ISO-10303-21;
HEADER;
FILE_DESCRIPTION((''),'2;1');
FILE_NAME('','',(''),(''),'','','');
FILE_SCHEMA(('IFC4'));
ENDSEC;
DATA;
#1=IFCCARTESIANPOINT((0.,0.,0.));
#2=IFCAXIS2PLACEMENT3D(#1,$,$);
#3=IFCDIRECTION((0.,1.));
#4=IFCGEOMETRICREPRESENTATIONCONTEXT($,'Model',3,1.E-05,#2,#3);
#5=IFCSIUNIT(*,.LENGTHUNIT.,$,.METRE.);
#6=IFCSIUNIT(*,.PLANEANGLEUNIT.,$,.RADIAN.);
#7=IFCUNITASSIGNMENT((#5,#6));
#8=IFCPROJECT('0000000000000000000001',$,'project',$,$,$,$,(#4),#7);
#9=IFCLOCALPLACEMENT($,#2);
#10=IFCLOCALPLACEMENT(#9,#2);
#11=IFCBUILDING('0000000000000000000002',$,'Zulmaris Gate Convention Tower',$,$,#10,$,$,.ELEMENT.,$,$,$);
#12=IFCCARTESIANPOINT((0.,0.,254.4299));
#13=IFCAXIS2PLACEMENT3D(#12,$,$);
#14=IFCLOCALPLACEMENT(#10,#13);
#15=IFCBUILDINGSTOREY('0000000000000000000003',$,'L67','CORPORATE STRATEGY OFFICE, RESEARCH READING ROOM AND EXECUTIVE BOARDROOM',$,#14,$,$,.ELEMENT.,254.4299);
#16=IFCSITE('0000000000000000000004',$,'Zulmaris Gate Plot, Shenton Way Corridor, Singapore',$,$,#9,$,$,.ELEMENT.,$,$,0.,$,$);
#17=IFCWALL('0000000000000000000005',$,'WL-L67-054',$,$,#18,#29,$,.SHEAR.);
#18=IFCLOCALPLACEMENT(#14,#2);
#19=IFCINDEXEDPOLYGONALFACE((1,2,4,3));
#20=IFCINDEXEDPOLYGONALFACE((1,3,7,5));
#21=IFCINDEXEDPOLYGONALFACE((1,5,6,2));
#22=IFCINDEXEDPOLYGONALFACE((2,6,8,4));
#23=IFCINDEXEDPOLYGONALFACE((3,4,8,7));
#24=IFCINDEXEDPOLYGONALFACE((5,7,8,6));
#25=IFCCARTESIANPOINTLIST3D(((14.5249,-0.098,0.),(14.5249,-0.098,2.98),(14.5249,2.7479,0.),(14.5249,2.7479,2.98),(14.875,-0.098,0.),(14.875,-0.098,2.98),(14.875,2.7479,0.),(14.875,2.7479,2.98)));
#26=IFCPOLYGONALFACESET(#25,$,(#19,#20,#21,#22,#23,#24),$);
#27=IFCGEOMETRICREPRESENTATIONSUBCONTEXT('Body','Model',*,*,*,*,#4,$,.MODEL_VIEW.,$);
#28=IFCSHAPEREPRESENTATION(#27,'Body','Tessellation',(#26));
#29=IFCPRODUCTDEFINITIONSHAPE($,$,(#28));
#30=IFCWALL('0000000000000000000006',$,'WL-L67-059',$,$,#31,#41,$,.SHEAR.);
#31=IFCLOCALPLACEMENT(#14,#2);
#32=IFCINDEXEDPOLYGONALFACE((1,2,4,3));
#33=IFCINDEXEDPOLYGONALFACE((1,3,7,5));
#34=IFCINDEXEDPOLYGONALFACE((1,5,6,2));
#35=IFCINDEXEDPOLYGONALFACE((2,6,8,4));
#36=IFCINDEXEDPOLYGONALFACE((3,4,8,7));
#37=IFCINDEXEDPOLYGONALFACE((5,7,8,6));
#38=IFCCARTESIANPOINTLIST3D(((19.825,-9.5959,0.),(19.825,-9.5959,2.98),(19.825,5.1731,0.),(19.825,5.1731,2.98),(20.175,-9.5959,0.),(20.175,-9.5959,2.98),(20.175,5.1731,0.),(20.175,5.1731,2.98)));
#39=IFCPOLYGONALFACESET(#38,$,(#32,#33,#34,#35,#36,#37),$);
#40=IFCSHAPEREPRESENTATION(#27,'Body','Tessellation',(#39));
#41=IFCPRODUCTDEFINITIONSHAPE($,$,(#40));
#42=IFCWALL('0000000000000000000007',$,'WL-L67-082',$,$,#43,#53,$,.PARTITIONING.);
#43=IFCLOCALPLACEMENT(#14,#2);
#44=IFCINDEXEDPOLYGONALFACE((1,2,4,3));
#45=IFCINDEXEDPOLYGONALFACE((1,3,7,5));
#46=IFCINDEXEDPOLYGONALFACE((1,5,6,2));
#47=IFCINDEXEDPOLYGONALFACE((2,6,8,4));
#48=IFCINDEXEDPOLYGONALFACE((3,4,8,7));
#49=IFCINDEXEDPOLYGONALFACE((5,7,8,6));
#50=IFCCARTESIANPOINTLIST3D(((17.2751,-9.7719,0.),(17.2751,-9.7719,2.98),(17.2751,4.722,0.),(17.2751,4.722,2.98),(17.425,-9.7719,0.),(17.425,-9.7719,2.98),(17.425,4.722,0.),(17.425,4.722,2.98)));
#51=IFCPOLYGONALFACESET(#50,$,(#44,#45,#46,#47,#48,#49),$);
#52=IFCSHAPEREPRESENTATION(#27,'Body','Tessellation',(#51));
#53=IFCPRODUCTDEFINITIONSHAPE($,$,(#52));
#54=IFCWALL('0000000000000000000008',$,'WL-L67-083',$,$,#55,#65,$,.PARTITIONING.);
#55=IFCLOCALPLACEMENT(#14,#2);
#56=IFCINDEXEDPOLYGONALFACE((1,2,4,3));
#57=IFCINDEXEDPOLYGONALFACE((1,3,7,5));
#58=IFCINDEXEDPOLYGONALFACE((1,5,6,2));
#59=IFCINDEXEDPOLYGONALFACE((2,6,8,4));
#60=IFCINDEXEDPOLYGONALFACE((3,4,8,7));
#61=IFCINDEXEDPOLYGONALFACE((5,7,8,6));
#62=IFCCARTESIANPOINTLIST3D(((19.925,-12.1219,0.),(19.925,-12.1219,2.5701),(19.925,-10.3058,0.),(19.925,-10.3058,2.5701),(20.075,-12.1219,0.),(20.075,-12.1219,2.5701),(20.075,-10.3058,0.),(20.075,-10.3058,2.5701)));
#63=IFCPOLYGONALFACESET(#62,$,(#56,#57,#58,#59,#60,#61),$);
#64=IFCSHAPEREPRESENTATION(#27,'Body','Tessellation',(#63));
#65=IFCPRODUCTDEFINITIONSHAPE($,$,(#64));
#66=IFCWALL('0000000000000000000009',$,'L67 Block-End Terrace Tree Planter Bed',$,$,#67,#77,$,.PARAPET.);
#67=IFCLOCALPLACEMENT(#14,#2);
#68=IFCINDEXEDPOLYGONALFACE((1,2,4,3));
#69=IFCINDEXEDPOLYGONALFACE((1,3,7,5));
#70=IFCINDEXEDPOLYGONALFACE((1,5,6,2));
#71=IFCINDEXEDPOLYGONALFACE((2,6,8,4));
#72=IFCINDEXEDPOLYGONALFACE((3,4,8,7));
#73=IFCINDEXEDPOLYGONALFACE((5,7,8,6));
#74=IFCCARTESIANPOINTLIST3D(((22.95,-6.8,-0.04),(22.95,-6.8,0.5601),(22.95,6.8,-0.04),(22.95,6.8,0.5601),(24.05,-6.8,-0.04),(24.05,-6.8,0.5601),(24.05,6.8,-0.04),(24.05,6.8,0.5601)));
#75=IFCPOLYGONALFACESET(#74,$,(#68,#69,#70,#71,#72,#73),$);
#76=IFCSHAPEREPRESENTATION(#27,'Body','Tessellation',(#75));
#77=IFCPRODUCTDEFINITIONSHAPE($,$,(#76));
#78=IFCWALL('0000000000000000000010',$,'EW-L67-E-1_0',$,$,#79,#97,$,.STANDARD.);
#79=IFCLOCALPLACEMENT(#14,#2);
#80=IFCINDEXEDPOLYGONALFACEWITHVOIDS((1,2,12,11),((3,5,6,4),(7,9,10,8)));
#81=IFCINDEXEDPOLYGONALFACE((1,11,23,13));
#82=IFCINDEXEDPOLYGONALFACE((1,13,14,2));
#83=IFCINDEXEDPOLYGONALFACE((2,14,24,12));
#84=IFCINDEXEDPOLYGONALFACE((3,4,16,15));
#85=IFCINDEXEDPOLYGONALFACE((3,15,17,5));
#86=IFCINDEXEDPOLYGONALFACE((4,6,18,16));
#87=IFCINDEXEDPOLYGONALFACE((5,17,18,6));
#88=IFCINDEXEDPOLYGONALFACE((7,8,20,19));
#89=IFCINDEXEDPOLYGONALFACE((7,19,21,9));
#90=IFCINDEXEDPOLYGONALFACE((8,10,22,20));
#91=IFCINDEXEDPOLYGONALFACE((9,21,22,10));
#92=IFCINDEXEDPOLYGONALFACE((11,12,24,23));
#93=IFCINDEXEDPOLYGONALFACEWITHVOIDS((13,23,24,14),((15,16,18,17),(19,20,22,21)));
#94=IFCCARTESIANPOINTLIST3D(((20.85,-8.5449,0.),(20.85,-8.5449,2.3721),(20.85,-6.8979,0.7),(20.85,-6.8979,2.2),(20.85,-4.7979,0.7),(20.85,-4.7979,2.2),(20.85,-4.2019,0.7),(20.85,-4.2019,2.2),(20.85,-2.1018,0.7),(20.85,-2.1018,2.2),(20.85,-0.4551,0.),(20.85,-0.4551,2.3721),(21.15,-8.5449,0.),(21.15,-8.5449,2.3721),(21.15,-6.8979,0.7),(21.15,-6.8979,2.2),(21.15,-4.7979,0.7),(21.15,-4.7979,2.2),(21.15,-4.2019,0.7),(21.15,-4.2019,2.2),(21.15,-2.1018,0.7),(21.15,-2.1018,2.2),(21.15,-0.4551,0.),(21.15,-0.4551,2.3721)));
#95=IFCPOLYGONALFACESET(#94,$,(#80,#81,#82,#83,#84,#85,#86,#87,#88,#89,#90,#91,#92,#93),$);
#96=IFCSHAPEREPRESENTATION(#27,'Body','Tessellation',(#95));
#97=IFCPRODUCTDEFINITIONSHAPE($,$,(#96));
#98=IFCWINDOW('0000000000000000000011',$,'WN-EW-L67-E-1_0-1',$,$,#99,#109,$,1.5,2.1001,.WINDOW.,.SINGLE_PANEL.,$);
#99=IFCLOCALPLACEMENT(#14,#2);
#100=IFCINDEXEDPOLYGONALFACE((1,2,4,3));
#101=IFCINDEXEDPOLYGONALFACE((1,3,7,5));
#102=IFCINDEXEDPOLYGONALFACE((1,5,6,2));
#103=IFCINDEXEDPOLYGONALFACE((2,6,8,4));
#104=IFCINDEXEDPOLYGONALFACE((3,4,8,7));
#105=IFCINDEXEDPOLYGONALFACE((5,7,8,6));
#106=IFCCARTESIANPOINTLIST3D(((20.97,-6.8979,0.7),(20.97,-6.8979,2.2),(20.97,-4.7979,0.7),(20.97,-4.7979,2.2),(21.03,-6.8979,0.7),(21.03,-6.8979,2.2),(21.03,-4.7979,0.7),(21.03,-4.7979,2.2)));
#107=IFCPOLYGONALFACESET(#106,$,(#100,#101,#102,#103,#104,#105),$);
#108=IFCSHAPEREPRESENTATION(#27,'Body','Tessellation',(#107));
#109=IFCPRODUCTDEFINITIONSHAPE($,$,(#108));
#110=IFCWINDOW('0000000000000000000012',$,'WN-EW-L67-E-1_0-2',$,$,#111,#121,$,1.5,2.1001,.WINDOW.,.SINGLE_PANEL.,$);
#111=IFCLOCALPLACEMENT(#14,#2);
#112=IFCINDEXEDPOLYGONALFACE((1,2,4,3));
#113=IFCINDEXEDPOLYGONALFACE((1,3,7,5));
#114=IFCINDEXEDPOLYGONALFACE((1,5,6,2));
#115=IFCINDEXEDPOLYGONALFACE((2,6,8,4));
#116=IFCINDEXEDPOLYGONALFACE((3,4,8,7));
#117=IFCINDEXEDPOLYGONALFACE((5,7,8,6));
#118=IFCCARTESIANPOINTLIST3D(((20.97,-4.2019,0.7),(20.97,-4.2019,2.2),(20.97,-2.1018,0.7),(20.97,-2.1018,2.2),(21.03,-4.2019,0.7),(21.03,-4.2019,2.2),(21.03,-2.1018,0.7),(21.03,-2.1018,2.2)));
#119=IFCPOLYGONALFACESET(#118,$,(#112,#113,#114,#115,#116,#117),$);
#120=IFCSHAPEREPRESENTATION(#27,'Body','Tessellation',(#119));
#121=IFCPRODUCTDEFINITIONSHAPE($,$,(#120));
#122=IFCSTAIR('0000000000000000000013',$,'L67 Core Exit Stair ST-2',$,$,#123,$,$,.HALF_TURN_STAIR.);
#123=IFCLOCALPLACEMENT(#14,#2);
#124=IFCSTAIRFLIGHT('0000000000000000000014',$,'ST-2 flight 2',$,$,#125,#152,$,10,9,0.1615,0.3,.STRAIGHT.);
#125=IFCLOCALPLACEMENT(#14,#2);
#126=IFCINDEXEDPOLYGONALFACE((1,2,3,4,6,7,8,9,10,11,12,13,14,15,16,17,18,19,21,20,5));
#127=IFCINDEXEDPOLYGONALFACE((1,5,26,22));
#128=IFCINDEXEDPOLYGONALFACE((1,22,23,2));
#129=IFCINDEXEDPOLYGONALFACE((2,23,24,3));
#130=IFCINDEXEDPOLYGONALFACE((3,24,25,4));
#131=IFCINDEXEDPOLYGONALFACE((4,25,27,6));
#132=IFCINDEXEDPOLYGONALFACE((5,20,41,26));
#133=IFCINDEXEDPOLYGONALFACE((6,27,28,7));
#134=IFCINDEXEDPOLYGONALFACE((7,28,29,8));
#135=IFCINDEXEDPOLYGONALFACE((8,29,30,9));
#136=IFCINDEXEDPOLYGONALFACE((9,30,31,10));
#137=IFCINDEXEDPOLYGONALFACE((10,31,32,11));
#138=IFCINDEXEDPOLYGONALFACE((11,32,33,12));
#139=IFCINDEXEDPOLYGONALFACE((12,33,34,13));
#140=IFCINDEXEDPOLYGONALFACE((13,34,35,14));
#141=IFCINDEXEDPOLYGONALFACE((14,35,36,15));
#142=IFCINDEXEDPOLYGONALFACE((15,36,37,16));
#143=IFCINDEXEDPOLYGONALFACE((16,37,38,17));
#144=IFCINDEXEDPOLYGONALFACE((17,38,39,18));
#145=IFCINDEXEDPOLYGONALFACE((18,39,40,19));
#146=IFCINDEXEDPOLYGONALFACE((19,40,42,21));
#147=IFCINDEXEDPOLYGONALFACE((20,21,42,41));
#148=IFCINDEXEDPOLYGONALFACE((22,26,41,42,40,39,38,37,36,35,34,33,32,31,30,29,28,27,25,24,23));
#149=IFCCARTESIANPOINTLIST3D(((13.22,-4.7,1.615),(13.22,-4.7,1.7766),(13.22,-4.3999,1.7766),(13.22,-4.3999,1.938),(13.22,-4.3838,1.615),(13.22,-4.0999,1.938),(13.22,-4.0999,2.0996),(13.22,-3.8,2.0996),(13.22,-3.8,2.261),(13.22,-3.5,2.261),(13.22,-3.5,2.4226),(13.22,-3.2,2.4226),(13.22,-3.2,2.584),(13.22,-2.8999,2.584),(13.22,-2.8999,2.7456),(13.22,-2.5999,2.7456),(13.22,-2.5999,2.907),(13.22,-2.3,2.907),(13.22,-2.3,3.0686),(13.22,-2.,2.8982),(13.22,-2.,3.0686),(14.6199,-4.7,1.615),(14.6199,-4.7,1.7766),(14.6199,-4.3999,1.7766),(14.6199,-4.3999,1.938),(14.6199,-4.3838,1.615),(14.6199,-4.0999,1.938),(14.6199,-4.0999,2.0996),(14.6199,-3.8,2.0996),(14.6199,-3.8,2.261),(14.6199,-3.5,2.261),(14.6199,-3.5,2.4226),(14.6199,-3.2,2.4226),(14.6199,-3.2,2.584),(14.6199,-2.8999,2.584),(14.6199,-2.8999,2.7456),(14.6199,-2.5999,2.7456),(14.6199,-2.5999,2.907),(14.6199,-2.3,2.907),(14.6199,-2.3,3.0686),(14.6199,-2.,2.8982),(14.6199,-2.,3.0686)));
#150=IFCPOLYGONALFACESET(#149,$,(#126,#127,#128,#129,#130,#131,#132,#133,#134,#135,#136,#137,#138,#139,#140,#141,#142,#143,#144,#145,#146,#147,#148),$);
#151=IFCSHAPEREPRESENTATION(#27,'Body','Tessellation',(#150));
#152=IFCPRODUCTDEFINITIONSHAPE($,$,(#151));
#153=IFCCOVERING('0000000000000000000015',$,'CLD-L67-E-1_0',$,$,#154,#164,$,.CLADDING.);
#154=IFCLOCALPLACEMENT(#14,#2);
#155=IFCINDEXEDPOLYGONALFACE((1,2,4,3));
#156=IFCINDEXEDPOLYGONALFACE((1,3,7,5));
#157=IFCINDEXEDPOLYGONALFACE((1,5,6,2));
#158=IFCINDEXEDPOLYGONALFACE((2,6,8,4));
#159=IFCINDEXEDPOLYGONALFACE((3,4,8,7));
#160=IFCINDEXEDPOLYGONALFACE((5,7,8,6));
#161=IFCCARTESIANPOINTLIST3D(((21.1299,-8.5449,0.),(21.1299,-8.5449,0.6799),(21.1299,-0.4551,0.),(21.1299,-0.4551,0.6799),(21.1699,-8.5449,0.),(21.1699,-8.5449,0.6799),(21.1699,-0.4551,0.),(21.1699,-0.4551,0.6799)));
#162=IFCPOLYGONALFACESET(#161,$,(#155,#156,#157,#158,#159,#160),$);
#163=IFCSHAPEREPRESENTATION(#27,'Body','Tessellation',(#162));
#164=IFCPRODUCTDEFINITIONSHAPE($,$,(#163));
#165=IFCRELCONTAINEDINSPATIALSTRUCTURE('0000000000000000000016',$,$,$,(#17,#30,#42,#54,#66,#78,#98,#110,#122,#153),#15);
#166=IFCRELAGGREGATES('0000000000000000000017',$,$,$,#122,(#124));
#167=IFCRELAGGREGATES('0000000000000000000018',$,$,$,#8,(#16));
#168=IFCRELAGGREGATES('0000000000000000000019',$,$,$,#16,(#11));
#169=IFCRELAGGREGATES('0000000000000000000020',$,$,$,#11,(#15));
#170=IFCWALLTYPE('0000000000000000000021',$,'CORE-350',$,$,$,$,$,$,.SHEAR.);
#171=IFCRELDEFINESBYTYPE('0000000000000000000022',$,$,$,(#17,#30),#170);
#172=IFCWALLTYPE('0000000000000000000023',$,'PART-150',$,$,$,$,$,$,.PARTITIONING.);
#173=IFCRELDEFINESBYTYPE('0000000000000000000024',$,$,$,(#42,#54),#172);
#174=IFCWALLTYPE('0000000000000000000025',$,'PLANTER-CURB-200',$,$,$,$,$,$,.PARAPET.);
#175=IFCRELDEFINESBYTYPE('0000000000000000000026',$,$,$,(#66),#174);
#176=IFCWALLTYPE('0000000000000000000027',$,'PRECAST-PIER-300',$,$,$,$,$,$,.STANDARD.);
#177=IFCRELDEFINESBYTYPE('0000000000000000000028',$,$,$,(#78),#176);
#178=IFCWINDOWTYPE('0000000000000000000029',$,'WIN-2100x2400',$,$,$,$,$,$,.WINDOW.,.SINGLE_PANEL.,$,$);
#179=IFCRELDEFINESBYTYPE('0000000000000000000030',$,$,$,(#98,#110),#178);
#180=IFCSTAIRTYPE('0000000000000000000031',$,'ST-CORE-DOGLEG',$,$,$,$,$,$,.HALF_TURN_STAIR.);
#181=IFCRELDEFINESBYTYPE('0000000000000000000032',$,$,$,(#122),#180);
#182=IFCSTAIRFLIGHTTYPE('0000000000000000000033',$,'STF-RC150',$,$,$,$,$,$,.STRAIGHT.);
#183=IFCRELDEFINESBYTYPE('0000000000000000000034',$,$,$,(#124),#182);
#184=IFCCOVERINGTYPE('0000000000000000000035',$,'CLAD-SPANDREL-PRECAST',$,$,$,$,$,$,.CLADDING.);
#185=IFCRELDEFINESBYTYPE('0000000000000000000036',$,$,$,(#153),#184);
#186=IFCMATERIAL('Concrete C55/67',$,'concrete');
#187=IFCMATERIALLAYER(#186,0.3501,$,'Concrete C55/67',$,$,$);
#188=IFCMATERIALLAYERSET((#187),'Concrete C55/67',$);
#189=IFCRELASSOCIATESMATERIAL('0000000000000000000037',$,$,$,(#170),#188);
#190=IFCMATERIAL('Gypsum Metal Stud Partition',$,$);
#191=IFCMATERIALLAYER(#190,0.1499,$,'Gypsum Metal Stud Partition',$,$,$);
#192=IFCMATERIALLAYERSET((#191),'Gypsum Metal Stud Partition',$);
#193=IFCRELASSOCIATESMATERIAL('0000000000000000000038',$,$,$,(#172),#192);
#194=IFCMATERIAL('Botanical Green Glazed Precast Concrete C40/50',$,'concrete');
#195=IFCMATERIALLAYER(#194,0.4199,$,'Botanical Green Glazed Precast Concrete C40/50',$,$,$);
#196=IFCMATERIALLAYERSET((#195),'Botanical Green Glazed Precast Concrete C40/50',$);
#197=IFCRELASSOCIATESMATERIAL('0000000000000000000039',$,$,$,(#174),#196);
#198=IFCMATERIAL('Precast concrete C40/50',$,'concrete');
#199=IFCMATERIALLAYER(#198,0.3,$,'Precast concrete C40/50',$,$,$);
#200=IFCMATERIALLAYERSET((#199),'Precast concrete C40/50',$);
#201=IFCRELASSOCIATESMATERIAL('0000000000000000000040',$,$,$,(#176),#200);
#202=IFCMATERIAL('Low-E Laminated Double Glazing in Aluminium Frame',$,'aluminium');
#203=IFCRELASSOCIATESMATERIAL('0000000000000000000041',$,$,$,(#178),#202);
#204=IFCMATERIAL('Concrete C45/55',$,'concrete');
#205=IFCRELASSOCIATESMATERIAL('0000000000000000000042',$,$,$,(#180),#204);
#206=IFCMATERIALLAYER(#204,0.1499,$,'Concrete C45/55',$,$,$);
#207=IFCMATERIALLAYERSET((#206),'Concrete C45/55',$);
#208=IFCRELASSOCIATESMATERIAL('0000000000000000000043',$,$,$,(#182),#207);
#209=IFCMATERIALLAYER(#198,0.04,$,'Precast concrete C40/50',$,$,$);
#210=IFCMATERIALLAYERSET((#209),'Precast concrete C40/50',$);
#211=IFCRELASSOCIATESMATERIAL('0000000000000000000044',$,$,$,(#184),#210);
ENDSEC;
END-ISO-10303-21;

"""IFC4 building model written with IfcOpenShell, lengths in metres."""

from ifc_helpers import new_model, si_unit, direction, frame, frame_2d, origin, place, context, subcontext, project, spatial, polyline, rectangle, outline, extrude, material, layer, layer_set, type_object, element, fill, aggregate, save


model = new_model("IFC4")

# Units and contexts
model_context = context("Model", 3, precision=1e-05, world=origin(), true_north=direction((0.0, 1.0)))
body_context = subcontext(model_context, "Body", "Model", "MODEL_VIEW")
ifc_project = project(units=[si_unit("LENGTHUNIT", "METRE"), si_unit("PLANEANGLEUNIT", "RADIAN")], contexts=[model_context])

# Site, building, storey
site_placement = place(None, origin())
site = spatial("IfcSite", under=ifc_project, at=site_placement, Name="Zulmaris Gate Plot, Shenton Way Corridor, Singapore", CompositionType="ELEMENT", RefElevation=0.0)
building_placement = place(site_placement, origin())
building = spatial("IfcBuilding", under=site, at=building_placement, Name="Zulmaris Gate Convention Tower", CompositionType="ELEMENT")
storey_placement = place(building_placement, frame((0.0, 0.0, 254.4299)))
storey = spatial("IfcBuildingStorey", under=building, at=storey_placement, Name="L67", Description="CORPORATE STRATEGY OFFICE, RESEARCH READING ROOM AND EXECUTIVE BOARDROOM", CompositionType="ELEMENT", Elevation=254.4299)

# Shared definitions
ifc_material_1 = material(Name="Concrete C55/67", Category="concrete")
ifc_layer_1 = layer(ifc_material_1, 0.3501, Name="Concrete C55/67")
ifc_layer_set_1 = layer_set([ifc_layer_1], Name="Concrete C55/67")
wall_type_1 = type_object("IfcWallType", Name="CORE-350", PredefinedType="SHEAR", material=ifc_layer_set_1)

# Walls
wall_1_placement = place(storey_placement, frame((14.7, -0.0979, 0.0), z_axis=(0.0, 0.0, 1.0), x_axis=(0.0, 1.0, 0.0)))
element("IfcWall", 1, at=wall_1_placement, inside=storey, type_object=wall_type_1, Name="WL-L67-054", PredefinedType="SHEAR", context=body_context, shape_type="SweptSolid", body=[
    extrude(rectangle(XDim=2.8459, YDim=0.3501, at=frame_2d((1.4229, 0.0))), origin(), (0.0, 0.0, 1.0), 2.98),
])
wall_2_placement = place(storey_placement, frame((20.0, -9.5959, 0.0), z_axis=(0.0, 0.0, 1.0), x_axis=(0.0, 1.0, 0.0)))
element("IfcWall", 2, at=wall_2_placement, inside=storey, type_object=wall_type_1, Name="WL-L67-059", PredefinedType="SHEAR", context=body_context, shape_type="SweptSolid", body=[
    extrude(rectangle(XDim=14.769, YDim=0.3501, at=frame_2d((7.3845, 0.0))), origin(), (0.0, 0.0, 1.0), 2.98),
])
ifc_material_2 = material(Name="Gypsum Metal Stud Partition")
ifc_layer_2 = layer(ifc_material_2, 0.1499, Name="Gypsum Metal Stud Partition")
ifc_layer_set_2 = layer_set([ifc_layer_2], Name="Gypsum Metal Stud Partition")
wall_type_2 = type_object("IfcWallType", Name="PART-150", PredefinedType="PARTITIONING", material=ifc_layer_set_2)
wall_3_placement = place(storey_placement, frame((17.3501, -9.772, 0.0), z_axis=(0.0, 0.0, 1.0), x_axis=(0.0, 1.0, 0.0)))
element("IfcWall", 3, at=wall_3_placement, inside=storey, type_object=wall_type_2, Name="WL-L67-082", PredefinedType="PARTITIONING", context=body_context, shape_type="SweptSolid", body=[
    extrude(rectangle(XDim=14.4939, YDim=0.1499, at=frame_2d((7.2471, 0.0))), origin(), (0.0, 0.0, 1.0), 2.98),
])
wall_4_placement = place(storey_placement, frame((20.0, -12.1221, 0.0), z_axis=(0.0, 0.0, 1.0), x_axis=(0.0, 1.0, 0.0)))
element("IfcWall", 4, at=wall_4_placement, inside=storey, type_object=wall_type_2, Name="WL-L67-083", PredefinedType="PARTITIONING", context=body_context, shape_type="SweptSolid", body=[
    extrude(rectangle(XDim=1.8162, YDim=0.1499, at=frame_2d((0.9082, 0.0))), origin(), (0.0, 0.0, 1.0), 2.5701),
])
ifc_material_3 = material(Name="Botanical Green Glazed Precast Concrete C40/50", Category="concrete")
ifc_layer_3 = layer(ifc_material_3, 0.4199, Name="Botanical Green Glazed Precast Concrete C40/50")
ifc_layer_set_3 = layer_set([ifc_layer_3], Name="Botanical Green Glazed Precast Concrete C40/50")
wall_type_3 = type_object("IfcWallType", Name="PLANTER-CURB-200", PredefinedType="PARAPET", material=ifc_layer_set_3)
wall_5_placement = place(storey_placement, frame((23.5, -6.8, -0.04), z_axis=(0.0, 0.0, 1.0), x_axis=(0.0, 1.0, 0.0)))
element("IfcWall", 5, at=wall_5_placement, inside=storey, type_object=wall_type_3, Name="L67 Block-End Terrace Tree Planter Bed", PredefinedType="PARAPET", context=body_context, shape_type="SweptSolid", body=[
    extrude(rectangle(XDim=13.6001, YDim=1.1001, at=frame_2d((6.8, 0.0))), origin(), (0.0, 0.0, 1.0), 0.6001),
])

# Wall, openings, windows
ifc_material_4 = material(Name="Precast concrete C40/50", Category="concrete")
ifc_layer_4 = layer(ifc_material_4, 0.3, Name="Precast concrete C40/50")
ifc_layer_set_4 = layer_set([ifc_layer_4], Name="Precast concrete C40/50")
wall_type_4 = type_object("IfcWallType", Name="PRECAST-PIER-300", PredefinedType="STANDARD", material=ifc_layer_set_4)
wall_6_placement = place(storey_placement, frame((21.0, -8.5449, 0.0), z_axis=(0.0, 0.0, 1.0), x_axis=(0.0, 1.0, 0.0)))
wall_6 = element("IfcWall", 6, at=wall_6_placement, inside=storey, type_object=wall_type_4, Name="EW-L67-E-1_0", PredefinedType="STANDARD", context=body_context, shape_type="SweptSolid", body=[
    extrude(rectangle(XDim=8.0898, YDim=0.3, at=frame_2d((4.0449, 0.0))), origin(), (0.0, 0.0, 1.0), 2.3721),
])
opening_1_placement = place(wall_6_placement, frame((1.647, 0.0, 0.7)))
opening_1 = element("IfcOpeningElement", 7, at=opening_1_placement, cuts=wall_6, PredefinedType="OPENING", context=body_context, shape_type="SweptSolid", body=[
    extrude(rectangle(XDim=2.1001, YDim=1.5, at=frame_2d((1.05, 0.75))), frame((0.0, 0.1602, 0.0), z_axis=(0.0, -1.0, 0.0), x_axis=(1.0, 0.0, 0.0)), (0.0, 0.0, 1.0), 0.3201),
])
opening_2_placement = place(wall_6_placement, frame((4.343, 0.0, 0.7)))
opening_2 = element("IfcOpeningElement", 8, at=opening_2_placement, cuts=wall_6, PredefinedType="OPENING", context=body_context, shape_type="SweptSolid", body=[
    extrude(rectangle(XDim=2.1001, YDim=1.5, at=frame_2d((1.05, 0.75))), frame((0.0, 0.1602, 0.0), z_axis=(0.0, -1.0, 0.0), x_axis=(1.0, 0.0, 0.0)), (0.0, 0.0, 1.0), 0.3201),
])
ifc_material_5 = material(Name="Low-E Laminated Double Glazing in Aluminium Frame", Category="aluminium")
window_type = type_object("IfcWindowType", Name="WIN-2100x2400", PartitioningType="SINGLE_PANEL", PredefinedType="WINDOW", material=ifc_material_5)
window_1_placement = place(opening_1_placement, origin())
window_1 = element("IfcWindow", 9, at=window_1_placement, inside=storey, type_object=window_type, Name="WN-EW-L67-E-1_0-1", OverallHeight=1.5, OverallWidth=2.1001, PartitioningType="SINGLE_PANEL", PredefinedType="WINDOW", context=body_context, shape_type="SweptSolid", body=[
    extrude(rectangle(XDim=2.1001, YDim=1.5, at=frame_2d((1.05, 0.75))), frame((0.0, 0.03, 0.0), z_axis=(0.0, -1.0, 0.0), x_axis=(1.0, 0.0, 0.0)), (0.0, 0.0, 1.0), 0.0601),
])
fill(opening_1, window_1)
window_2_placement = place(opening_2_placement, origin())
window_2 = element("IfcWindow", 10, at=window_2_placement, inside=storey, type_object=window_type, Name="WN-EW-L67-E-1_0-2", OverallHeight=1.5, OverallWidth=2.1001, PartitioningType="SINGLE_PANEL", PredefinedType="WINDOW", context=body_context, shape_type="SweptSolid", body=[
    extrude(rectangle(XDim=2.1001, YDim=1.5, at=frame_2d((1.05, 0.75))), frame((0.0, 0.03, 0.0), z_axis=(0.0, -1.0, 0.0), x_axis=(1.0, 0.0, 0.0)), (0.0, 0.0, 1.0), 0.0601),
])
fill(opening_2, window_2)

# Stair, stair flight
ifc_material_6 = material(Name="Concrete C45/55", Category="concrete")
stair_type = type_object("IfcStairType", Name="ST-CORE-DOGLEG", PredefinedType="HALF_TURN_STAIR", material=ifc_material_6)
stair_placement = place(storey_placement, origin())
stair = element("IfcStair", 11, at=stair_placement, inside=storey, type_object=stair_type, Name="L67 Core Exit Stair ST-2", PredefinedType="HALF_TURN_STAIR")
ifc_layer_5 = layer(ifc_material_6, 0.1499, Name="Concrete C45/55")
ifc_layer_set_5 = layer_set([ifc_layer_5], Name="Concrete C45/55")
stair_flight_type = type_object("IfcStairFlightType", Name="STF-RC150", PredefinedType="STRAIGHT", material=ifc_layer_set_5)
stair_flight_placement = place(storey_placement, frame((13.9199, -4.7, 1.615), z_axis=(0.0, 0.0, 1.0), x_axis=(0.0, 1.0, 0.0)))
stair_flight = element("IfcStairFlight", 12, at=stair_flight_placement, type_object=stair_flight_type, Name="ST-2 flight 2", NumberOfRisers=10, NumberOfTreads=9, PredefinedType="STRAIGHT", RiserHeight=0.1615, TreadLength=0.3, context=body_context, shape_type="SweptSolid", body=[
    extrude(outline(polyline([(0.0, 0.0), (0.0, 0.1616), (0.3, 0.1616), (0.3, 0.323), (0.6001, 0.323), (0.6001, 0.4846), (0.8999, 0.4846), (0.8999, 0.646), (1.2, 0.646), (1.2, 0.8076), (1.5, 0.8076), (1.5, 0.969), (1.8, 0.969), (1.8, 1.1306), (2.1001, 1.1306), (2.1001, 1.292), (2.3999, 1.292), (2.3999, 1.4536), (2.7, 1.4536), (2.7, 1.615), (2.7, 1.2832), (0.3162, 0.0), (0.0, 0.0)])), frame((0.0, 0.7, 0.0), z_axis=(0.0, -1.0, 0.0), x_axis=(1.0, 0.0, 0.0)), (0.0, 0.0, 1.0), 1.3999),
])
aggregate(stair, [stair_flight])

# Covering
ifc_layer_6 = layer(ifc_material_4, 0.04, Name="Precast concrete C40/50")
ifc_layer_set_6 = layer_set([ifc_layer_6], Name="Precast concrete C40/50")
covering_type = type_object("IfcCoveringType", Name="CLAD-SPANDREL-PRECAST", PredefinedType="CLADDING", material=ifc_layer_set_6)
covering_placement = place(storey_placement, frame((21.1499, -8.5449, 0.0), z_axis=(0.0, 0.0, 1.0), x_axis=(0.0, 1.0, 0.0)))
element("IfcCovering", 13, at=covering_placement, inside=storey, type_object=covering_type, Name="CLD-L67-E-1_0", PredefinedType="CLADDING", context=body_context, shape_type="SweptSolid", body=[
    extrude(rectangle(XDim=8.0898, YDim=0.04, at=frame_2d((4.0449, 0.0))), origin(), (0.0, 0.0, 1.0), 0.6799),
])

save(model, "model.ifc")
